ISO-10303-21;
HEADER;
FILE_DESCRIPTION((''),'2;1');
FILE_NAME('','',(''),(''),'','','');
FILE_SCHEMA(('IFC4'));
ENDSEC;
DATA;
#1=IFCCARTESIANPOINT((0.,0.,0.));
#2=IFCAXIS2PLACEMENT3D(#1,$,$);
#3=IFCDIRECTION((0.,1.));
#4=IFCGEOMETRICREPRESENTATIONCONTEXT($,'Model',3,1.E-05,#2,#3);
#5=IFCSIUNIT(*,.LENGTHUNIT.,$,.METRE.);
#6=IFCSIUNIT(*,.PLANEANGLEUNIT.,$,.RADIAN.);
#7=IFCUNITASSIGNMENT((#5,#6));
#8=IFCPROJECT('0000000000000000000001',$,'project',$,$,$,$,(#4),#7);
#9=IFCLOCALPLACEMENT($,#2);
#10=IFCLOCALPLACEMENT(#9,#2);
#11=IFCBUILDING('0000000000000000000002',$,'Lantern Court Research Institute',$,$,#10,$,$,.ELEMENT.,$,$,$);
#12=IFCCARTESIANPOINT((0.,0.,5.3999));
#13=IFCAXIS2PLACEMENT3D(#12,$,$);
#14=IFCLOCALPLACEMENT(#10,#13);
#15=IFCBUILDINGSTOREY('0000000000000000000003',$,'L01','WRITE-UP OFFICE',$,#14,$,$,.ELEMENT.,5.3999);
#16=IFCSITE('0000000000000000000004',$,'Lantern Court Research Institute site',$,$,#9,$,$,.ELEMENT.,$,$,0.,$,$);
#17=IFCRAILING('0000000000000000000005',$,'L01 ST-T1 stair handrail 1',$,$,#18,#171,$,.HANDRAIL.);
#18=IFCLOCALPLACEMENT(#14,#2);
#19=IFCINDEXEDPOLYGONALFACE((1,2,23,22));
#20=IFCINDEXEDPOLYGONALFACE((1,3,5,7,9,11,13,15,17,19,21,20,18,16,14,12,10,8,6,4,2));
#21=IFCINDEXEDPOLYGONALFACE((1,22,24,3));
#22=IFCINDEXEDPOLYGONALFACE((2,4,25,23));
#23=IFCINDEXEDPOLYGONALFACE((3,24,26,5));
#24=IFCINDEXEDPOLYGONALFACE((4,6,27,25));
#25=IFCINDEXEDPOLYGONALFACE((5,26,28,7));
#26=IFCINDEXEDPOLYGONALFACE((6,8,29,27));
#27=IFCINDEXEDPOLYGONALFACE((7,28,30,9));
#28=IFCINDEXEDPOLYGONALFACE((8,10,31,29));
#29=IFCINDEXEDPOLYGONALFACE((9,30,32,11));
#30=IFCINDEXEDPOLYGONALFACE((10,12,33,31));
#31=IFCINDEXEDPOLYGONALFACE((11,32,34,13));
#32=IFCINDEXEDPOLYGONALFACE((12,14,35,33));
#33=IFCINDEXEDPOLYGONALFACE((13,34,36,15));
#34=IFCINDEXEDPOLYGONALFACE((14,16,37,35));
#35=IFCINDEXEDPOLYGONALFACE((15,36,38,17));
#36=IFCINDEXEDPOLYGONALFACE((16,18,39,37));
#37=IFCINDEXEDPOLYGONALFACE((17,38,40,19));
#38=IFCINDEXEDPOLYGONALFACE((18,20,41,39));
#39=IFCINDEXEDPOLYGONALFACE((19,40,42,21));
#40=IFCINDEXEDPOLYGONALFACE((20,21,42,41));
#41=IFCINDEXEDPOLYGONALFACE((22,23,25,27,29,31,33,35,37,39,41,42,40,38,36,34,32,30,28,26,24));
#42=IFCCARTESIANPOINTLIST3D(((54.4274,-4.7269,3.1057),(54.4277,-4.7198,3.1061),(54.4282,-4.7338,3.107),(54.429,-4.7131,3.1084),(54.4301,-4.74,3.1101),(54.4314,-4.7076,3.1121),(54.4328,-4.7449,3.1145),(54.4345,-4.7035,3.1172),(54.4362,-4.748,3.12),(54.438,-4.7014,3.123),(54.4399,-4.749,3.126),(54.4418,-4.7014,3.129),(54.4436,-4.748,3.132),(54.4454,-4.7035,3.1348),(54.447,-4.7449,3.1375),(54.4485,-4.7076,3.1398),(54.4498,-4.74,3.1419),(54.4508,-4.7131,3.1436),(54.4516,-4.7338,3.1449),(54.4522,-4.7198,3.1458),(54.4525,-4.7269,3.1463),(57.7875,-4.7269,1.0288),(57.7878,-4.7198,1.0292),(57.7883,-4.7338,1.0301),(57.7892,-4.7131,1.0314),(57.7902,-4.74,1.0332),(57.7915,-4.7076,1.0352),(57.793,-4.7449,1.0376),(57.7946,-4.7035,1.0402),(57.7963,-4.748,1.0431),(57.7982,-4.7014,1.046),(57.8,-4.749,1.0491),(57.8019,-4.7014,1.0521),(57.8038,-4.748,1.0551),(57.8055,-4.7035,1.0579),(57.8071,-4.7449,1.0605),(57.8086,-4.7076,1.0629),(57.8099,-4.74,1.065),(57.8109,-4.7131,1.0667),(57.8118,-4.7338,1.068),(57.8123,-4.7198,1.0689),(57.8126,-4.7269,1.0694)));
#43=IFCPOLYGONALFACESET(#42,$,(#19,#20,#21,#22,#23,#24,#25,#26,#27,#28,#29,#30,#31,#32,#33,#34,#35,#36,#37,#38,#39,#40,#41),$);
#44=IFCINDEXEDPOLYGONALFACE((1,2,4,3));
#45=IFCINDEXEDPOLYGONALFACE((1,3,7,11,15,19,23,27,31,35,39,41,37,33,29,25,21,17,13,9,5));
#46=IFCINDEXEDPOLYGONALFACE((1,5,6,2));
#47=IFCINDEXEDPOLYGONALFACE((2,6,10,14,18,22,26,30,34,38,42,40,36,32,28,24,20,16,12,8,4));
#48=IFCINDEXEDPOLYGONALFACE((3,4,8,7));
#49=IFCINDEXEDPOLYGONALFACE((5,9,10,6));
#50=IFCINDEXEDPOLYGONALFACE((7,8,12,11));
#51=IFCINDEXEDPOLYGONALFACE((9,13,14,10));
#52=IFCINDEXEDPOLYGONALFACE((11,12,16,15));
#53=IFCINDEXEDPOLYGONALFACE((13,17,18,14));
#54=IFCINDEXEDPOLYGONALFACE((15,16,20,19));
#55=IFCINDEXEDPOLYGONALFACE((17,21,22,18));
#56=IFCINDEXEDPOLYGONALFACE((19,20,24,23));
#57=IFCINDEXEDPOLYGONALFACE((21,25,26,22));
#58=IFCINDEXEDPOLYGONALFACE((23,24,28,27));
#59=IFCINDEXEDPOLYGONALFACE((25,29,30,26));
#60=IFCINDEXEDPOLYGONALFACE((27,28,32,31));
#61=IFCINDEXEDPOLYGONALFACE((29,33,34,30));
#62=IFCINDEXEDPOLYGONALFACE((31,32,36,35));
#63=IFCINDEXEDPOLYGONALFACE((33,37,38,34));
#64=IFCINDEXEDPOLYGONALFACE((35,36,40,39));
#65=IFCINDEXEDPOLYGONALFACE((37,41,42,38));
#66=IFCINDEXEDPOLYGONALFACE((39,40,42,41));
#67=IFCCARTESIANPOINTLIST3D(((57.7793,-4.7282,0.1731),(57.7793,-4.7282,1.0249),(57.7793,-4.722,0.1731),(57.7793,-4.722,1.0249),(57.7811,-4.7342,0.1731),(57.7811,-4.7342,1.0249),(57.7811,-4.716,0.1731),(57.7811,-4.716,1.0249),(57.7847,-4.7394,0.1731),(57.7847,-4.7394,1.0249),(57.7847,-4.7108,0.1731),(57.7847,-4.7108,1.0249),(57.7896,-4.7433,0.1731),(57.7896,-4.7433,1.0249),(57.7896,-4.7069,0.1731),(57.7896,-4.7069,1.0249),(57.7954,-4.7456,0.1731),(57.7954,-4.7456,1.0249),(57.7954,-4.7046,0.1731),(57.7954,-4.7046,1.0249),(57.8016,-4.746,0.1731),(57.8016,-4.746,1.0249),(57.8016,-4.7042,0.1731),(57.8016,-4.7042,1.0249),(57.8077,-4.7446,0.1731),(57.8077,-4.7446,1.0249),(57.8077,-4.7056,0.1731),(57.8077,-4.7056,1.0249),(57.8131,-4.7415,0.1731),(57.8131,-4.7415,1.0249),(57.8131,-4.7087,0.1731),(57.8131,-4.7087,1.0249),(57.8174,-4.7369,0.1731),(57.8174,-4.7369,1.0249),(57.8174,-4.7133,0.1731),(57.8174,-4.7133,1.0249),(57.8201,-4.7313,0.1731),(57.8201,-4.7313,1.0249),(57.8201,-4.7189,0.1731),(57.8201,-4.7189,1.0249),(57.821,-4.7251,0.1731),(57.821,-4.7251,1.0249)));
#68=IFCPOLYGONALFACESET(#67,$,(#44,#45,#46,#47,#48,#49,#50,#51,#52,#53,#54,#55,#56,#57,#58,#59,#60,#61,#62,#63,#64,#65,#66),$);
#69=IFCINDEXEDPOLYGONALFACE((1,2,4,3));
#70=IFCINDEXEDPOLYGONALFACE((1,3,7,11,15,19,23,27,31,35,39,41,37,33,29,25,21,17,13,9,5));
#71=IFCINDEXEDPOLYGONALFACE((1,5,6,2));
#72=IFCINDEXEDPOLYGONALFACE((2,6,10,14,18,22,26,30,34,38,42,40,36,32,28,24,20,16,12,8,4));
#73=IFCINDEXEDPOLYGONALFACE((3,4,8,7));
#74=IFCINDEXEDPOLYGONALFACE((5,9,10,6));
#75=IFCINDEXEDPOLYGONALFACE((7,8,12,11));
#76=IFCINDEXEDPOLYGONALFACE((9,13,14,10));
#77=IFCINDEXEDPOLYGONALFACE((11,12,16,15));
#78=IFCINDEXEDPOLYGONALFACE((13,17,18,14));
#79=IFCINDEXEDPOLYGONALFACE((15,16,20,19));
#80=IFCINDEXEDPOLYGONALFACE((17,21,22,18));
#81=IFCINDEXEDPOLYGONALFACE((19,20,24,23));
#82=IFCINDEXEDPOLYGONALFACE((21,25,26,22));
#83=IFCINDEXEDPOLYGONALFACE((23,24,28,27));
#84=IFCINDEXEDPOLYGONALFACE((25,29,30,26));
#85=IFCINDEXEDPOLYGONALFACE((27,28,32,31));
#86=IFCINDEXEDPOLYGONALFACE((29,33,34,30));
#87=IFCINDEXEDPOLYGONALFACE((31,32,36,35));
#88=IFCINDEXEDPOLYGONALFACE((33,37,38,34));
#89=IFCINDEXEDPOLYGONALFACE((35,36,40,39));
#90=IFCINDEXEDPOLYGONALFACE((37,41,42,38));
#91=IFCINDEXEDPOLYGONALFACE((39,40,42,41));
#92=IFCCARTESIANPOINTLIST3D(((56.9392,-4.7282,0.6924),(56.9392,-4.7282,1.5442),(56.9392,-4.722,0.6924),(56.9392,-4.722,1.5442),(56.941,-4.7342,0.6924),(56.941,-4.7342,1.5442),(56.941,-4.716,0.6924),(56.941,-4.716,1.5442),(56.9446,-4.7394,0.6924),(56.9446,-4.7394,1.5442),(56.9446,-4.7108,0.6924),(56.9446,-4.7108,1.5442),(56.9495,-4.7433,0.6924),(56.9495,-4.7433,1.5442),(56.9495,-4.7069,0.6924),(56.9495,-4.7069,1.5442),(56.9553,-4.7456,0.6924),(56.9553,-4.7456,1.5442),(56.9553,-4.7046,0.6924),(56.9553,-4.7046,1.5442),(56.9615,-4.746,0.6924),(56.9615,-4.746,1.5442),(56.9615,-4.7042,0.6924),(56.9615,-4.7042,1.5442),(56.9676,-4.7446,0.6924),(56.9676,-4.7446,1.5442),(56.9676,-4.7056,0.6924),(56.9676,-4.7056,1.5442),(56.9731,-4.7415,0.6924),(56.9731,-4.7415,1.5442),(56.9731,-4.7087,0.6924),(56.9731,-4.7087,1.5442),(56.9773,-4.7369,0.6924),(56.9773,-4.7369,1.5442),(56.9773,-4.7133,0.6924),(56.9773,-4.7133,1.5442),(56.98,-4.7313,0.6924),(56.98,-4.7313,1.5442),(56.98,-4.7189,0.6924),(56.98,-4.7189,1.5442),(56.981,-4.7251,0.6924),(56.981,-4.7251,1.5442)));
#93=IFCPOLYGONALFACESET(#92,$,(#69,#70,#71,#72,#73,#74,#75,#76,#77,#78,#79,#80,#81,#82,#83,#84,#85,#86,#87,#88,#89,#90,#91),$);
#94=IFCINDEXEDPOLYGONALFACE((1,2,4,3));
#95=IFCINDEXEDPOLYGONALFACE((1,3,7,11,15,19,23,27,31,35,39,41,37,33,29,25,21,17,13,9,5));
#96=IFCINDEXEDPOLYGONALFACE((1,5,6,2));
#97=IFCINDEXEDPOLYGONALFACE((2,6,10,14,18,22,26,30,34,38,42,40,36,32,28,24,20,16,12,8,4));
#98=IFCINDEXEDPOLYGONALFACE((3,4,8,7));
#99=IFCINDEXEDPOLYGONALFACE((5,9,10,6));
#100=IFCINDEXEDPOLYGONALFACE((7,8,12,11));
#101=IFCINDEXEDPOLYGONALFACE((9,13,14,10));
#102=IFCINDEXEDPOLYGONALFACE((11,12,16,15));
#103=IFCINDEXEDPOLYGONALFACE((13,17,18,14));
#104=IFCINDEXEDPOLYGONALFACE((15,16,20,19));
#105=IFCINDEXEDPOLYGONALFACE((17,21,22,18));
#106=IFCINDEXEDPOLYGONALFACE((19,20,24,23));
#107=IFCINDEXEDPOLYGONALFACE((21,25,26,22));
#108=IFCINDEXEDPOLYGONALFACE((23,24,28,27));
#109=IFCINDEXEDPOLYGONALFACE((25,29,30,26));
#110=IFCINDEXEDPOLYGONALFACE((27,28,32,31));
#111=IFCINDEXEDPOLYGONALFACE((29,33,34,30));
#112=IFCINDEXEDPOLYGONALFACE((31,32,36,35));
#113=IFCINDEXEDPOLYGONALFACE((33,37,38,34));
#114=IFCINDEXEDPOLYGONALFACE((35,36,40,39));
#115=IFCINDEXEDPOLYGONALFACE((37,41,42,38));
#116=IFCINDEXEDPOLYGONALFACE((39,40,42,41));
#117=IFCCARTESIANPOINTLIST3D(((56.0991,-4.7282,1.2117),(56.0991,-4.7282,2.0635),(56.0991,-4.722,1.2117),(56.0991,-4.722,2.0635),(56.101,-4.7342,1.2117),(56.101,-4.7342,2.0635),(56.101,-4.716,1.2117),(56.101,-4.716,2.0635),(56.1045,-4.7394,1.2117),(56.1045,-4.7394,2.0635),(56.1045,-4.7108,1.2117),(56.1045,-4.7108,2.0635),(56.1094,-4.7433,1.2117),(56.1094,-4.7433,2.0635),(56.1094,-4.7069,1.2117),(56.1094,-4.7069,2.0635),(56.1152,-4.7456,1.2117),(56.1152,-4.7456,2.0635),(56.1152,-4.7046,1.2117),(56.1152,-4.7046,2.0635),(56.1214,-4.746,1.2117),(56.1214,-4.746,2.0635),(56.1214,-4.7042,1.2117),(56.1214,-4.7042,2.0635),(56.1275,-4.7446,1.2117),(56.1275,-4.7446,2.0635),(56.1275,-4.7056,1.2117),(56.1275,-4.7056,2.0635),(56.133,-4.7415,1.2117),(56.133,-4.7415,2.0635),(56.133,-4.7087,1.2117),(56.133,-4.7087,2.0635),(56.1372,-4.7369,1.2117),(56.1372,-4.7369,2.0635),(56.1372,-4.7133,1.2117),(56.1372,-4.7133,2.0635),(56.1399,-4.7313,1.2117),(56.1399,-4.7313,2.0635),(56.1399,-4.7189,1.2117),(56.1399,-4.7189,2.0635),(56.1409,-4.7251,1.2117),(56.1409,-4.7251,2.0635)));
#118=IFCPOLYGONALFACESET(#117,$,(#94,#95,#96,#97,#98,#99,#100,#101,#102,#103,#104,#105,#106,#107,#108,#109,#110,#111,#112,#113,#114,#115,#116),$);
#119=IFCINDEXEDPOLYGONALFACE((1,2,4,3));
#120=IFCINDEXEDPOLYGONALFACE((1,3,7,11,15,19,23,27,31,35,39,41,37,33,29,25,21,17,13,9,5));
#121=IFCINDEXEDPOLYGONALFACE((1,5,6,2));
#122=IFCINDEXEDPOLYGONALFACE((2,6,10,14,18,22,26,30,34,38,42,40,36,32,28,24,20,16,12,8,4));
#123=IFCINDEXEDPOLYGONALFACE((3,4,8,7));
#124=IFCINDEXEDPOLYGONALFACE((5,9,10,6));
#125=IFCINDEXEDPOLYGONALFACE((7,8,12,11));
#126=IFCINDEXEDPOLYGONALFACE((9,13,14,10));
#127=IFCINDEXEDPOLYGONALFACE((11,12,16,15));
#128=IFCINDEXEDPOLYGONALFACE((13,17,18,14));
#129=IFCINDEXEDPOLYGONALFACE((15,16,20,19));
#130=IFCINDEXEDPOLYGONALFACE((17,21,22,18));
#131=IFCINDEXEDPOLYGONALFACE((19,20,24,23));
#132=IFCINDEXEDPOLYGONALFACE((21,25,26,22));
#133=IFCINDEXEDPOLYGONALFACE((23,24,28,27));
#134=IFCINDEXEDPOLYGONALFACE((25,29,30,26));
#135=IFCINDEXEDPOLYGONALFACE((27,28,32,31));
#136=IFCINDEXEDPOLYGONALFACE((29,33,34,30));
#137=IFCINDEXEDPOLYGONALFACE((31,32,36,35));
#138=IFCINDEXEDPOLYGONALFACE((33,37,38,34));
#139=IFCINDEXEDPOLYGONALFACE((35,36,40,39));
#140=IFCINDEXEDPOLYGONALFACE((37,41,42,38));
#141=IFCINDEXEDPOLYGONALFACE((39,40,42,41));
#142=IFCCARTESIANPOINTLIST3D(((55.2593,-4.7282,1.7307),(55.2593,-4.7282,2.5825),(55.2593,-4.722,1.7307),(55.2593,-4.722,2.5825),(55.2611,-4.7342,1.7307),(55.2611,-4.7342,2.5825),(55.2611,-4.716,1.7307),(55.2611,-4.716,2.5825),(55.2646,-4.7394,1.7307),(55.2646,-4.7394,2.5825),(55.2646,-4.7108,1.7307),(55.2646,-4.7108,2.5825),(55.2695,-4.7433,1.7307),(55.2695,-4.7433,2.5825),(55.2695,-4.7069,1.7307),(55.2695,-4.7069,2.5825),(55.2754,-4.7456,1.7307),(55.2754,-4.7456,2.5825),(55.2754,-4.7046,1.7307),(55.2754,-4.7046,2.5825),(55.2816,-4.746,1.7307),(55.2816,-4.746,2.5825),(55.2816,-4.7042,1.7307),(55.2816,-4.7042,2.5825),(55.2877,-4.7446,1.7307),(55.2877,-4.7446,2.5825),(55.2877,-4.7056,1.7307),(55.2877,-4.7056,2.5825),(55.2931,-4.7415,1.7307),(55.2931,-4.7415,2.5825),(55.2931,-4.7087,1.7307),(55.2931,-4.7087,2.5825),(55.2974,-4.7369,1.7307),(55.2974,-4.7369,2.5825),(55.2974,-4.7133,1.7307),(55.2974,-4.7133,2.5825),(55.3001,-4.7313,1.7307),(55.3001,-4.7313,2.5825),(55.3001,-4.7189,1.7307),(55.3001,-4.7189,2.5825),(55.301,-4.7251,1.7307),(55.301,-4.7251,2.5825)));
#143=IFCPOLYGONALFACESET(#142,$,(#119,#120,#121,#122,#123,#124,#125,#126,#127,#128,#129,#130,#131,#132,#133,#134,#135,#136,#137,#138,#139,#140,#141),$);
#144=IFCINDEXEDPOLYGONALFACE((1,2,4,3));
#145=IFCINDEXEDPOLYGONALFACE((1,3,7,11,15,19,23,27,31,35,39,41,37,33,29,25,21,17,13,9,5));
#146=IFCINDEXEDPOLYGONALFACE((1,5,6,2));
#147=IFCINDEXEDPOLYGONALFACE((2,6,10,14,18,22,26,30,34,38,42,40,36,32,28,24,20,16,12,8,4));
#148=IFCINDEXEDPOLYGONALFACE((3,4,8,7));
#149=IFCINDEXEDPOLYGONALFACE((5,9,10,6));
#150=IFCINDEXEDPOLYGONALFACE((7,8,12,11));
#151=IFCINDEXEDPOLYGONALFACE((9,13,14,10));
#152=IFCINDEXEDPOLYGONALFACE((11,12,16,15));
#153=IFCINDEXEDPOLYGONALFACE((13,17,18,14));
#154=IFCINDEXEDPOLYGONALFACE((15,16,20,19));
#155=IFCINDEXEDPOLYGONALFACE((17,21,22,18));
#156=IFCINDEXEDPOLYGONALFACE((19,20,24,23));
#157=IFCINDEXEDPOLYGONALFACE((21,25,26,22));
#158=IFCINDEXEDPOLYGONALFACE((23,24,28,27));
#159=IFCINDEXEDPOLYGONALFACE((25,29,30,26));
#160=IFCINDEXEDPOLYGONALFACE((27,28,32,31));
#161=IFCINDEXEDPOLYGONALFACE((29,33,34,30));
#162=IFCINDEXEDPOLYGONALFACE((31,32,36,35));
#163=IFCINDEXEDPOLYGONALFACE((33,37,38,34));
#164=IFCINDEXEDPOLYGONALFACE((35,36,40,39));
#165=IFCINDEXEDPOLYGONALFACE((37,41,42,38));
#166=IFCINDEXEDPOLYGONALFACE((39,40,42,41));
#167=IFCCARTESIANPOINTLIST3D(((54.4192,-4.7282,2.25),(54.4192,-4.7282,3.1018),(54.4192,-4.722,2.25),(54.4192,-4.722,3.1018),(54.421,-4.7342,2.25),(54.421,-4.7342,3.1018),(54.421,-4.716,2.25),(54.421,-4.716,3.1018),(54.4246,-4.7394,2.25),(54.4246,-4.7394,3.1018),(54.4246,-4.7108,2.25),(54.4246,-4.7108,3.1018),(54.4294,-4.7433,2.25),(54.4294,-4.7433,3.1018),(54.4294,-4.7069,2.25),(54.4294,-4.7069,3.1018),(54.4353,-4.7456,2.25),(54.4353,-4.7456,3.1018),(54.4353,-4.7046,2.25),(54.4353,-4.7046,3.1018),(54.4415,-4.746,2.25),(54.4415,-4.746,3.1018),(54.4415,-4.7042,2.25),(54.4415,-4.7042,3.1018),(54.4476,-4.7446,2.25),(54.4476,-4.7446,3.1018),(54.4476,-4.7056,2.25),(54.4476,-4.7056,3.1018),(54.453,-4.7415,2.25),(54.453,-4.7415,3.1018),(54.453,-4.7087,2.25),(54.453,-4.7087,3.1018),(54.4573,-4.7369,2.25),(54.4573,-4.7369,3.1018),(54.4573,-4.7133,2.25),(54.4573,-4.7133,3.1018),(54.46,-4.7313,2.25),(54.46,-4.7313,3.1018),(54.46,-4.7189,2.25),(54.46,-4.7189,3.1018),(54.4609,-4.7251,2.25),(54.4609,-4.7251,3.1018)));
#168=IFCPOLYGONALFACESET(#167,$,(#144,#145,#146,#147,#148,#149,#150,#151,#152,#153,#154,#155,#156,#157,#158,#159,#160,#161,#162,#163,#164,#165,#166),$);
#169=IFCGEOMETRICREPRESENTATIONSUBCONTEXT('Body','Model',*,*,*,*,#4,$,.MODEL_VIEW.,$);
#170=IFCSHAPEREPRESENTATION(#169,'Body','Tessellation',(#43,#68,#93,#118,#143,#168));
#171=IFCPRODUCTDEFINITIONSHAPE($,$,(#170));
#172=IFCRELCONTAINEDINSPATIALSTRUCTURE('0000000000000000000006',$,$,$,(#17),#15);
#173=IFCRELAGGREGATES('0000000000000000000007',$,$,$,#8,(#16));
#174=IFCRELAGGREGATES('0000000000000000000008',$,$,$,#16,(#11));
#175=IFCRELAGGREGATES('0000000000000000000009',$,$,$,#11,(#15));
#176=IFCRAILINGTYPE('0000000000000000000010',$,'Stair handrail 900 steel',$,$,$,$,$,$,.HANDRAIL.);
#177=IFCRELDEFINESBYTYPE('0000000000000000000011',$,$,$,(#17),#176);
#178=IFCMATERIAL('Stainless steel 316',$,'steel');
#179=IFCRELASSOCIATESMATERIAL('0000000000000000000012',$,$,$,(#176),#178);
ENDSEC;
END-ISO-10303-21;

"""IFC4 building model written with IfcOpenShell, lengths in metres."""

from ifc_helpers import new_model, si_unit, direction, frame, origin, origin_2d, place, context, subcontext, project, spatial, circle, extrude, material, type_object, element, save


model = new_model("IFC4")

# Units and contexts
model_context = context("Model", 3, precision=1e-05, world=origin(), true_north=direction((0.0, 1.0)))
body_context = subcontext(model_context, "Body", "Model", "MODEL_VIEW")
ifc_project = project(units=[si_unit("LENGTHUNIT", "METRE"), si_unit("PLANEANGLEUNIT", "RADIAN")], contexts=[model_context])

# Site, building, storey
site_placement = place(None, origin())
site = spatial("IfcSite", under=ifc_project, at=site_placement, Name="Lantern Court Research Institute site", CompositionType="ELEMENT", RefElevation=0.0)
building_placement = place(site_placement, origin())
building = spatial("IfcBuilding", under=site, at=building_placement, Name="Lantern Court Research Institute", CompositionType="ELEMENT")
storey_placement = place(building_placement, frame((0.0, 0.0, 5.3999)))
storey = spatial("IfcBuildingStorey", under=building, at=storey_placement, Name="L01", Description="WRITE-UP OFFICE", CompositionType="ELEMENT", Elevation=5.3999)

# Railing
ifc_material_1 = material(Name="Stainless steel 316", Category="steel")
railing_type_1 = type_object("IfcRailingType", Name="Stair handrail 900 steel", PredefinedType="HANDRAIL", material=ifc_material_1)
railing_1_placement = place(storey_placement, frame((57.8, -4.7251, 0.1731)))
element("IfcRailing", 1, at=railing_1_placement, inside=storey, type_object=railing_type_1, Name="L01 ST-T1 stair handrail 1", PredefinedType="HANDRAIL", context=body_context, shape_type="SweptSolid", body=[
    extrude(circle(Radius=0.0239, at=origin_2d()), frame((0.0, 0.0, 0.876), z_axis=(-0.850623, 0.0, 0.525776), x_axis=(0.0, -1.0, 0.0)), (0.0, 0.0, 1.0), 3.9502),
    extrude(circle(Radius=0.021, at=origin_2d()), origin(), (0.0, 0.0, 1.0), 0.8518),
    extrude(circle(Radius=0.021, at=origin_2d()), frame((-0.8401, 0.0, 0.5193)), (0.0, 0.0, 1.0), 0.8518),
    extrude(circle(Radius=0.021, at=origin_2d()), frame((-1.6802, 0.0, 1.0386)), (0.0, 0.0, 1.0), 0.8518),
    extrude(circle(Radius=0.021, at=origin_2d()), frame((-2.52, 0.0, 1.5576)), (0.0, 0.0, 1.0), 0.8518),
    extrude(circle(Radius=0.021, at=origin_2d()), frame((-3.3601, 0.0, 2.0769)), (0.0, 0.0, 1.0), 0.8518),
])

save(model, "model.ifc")
